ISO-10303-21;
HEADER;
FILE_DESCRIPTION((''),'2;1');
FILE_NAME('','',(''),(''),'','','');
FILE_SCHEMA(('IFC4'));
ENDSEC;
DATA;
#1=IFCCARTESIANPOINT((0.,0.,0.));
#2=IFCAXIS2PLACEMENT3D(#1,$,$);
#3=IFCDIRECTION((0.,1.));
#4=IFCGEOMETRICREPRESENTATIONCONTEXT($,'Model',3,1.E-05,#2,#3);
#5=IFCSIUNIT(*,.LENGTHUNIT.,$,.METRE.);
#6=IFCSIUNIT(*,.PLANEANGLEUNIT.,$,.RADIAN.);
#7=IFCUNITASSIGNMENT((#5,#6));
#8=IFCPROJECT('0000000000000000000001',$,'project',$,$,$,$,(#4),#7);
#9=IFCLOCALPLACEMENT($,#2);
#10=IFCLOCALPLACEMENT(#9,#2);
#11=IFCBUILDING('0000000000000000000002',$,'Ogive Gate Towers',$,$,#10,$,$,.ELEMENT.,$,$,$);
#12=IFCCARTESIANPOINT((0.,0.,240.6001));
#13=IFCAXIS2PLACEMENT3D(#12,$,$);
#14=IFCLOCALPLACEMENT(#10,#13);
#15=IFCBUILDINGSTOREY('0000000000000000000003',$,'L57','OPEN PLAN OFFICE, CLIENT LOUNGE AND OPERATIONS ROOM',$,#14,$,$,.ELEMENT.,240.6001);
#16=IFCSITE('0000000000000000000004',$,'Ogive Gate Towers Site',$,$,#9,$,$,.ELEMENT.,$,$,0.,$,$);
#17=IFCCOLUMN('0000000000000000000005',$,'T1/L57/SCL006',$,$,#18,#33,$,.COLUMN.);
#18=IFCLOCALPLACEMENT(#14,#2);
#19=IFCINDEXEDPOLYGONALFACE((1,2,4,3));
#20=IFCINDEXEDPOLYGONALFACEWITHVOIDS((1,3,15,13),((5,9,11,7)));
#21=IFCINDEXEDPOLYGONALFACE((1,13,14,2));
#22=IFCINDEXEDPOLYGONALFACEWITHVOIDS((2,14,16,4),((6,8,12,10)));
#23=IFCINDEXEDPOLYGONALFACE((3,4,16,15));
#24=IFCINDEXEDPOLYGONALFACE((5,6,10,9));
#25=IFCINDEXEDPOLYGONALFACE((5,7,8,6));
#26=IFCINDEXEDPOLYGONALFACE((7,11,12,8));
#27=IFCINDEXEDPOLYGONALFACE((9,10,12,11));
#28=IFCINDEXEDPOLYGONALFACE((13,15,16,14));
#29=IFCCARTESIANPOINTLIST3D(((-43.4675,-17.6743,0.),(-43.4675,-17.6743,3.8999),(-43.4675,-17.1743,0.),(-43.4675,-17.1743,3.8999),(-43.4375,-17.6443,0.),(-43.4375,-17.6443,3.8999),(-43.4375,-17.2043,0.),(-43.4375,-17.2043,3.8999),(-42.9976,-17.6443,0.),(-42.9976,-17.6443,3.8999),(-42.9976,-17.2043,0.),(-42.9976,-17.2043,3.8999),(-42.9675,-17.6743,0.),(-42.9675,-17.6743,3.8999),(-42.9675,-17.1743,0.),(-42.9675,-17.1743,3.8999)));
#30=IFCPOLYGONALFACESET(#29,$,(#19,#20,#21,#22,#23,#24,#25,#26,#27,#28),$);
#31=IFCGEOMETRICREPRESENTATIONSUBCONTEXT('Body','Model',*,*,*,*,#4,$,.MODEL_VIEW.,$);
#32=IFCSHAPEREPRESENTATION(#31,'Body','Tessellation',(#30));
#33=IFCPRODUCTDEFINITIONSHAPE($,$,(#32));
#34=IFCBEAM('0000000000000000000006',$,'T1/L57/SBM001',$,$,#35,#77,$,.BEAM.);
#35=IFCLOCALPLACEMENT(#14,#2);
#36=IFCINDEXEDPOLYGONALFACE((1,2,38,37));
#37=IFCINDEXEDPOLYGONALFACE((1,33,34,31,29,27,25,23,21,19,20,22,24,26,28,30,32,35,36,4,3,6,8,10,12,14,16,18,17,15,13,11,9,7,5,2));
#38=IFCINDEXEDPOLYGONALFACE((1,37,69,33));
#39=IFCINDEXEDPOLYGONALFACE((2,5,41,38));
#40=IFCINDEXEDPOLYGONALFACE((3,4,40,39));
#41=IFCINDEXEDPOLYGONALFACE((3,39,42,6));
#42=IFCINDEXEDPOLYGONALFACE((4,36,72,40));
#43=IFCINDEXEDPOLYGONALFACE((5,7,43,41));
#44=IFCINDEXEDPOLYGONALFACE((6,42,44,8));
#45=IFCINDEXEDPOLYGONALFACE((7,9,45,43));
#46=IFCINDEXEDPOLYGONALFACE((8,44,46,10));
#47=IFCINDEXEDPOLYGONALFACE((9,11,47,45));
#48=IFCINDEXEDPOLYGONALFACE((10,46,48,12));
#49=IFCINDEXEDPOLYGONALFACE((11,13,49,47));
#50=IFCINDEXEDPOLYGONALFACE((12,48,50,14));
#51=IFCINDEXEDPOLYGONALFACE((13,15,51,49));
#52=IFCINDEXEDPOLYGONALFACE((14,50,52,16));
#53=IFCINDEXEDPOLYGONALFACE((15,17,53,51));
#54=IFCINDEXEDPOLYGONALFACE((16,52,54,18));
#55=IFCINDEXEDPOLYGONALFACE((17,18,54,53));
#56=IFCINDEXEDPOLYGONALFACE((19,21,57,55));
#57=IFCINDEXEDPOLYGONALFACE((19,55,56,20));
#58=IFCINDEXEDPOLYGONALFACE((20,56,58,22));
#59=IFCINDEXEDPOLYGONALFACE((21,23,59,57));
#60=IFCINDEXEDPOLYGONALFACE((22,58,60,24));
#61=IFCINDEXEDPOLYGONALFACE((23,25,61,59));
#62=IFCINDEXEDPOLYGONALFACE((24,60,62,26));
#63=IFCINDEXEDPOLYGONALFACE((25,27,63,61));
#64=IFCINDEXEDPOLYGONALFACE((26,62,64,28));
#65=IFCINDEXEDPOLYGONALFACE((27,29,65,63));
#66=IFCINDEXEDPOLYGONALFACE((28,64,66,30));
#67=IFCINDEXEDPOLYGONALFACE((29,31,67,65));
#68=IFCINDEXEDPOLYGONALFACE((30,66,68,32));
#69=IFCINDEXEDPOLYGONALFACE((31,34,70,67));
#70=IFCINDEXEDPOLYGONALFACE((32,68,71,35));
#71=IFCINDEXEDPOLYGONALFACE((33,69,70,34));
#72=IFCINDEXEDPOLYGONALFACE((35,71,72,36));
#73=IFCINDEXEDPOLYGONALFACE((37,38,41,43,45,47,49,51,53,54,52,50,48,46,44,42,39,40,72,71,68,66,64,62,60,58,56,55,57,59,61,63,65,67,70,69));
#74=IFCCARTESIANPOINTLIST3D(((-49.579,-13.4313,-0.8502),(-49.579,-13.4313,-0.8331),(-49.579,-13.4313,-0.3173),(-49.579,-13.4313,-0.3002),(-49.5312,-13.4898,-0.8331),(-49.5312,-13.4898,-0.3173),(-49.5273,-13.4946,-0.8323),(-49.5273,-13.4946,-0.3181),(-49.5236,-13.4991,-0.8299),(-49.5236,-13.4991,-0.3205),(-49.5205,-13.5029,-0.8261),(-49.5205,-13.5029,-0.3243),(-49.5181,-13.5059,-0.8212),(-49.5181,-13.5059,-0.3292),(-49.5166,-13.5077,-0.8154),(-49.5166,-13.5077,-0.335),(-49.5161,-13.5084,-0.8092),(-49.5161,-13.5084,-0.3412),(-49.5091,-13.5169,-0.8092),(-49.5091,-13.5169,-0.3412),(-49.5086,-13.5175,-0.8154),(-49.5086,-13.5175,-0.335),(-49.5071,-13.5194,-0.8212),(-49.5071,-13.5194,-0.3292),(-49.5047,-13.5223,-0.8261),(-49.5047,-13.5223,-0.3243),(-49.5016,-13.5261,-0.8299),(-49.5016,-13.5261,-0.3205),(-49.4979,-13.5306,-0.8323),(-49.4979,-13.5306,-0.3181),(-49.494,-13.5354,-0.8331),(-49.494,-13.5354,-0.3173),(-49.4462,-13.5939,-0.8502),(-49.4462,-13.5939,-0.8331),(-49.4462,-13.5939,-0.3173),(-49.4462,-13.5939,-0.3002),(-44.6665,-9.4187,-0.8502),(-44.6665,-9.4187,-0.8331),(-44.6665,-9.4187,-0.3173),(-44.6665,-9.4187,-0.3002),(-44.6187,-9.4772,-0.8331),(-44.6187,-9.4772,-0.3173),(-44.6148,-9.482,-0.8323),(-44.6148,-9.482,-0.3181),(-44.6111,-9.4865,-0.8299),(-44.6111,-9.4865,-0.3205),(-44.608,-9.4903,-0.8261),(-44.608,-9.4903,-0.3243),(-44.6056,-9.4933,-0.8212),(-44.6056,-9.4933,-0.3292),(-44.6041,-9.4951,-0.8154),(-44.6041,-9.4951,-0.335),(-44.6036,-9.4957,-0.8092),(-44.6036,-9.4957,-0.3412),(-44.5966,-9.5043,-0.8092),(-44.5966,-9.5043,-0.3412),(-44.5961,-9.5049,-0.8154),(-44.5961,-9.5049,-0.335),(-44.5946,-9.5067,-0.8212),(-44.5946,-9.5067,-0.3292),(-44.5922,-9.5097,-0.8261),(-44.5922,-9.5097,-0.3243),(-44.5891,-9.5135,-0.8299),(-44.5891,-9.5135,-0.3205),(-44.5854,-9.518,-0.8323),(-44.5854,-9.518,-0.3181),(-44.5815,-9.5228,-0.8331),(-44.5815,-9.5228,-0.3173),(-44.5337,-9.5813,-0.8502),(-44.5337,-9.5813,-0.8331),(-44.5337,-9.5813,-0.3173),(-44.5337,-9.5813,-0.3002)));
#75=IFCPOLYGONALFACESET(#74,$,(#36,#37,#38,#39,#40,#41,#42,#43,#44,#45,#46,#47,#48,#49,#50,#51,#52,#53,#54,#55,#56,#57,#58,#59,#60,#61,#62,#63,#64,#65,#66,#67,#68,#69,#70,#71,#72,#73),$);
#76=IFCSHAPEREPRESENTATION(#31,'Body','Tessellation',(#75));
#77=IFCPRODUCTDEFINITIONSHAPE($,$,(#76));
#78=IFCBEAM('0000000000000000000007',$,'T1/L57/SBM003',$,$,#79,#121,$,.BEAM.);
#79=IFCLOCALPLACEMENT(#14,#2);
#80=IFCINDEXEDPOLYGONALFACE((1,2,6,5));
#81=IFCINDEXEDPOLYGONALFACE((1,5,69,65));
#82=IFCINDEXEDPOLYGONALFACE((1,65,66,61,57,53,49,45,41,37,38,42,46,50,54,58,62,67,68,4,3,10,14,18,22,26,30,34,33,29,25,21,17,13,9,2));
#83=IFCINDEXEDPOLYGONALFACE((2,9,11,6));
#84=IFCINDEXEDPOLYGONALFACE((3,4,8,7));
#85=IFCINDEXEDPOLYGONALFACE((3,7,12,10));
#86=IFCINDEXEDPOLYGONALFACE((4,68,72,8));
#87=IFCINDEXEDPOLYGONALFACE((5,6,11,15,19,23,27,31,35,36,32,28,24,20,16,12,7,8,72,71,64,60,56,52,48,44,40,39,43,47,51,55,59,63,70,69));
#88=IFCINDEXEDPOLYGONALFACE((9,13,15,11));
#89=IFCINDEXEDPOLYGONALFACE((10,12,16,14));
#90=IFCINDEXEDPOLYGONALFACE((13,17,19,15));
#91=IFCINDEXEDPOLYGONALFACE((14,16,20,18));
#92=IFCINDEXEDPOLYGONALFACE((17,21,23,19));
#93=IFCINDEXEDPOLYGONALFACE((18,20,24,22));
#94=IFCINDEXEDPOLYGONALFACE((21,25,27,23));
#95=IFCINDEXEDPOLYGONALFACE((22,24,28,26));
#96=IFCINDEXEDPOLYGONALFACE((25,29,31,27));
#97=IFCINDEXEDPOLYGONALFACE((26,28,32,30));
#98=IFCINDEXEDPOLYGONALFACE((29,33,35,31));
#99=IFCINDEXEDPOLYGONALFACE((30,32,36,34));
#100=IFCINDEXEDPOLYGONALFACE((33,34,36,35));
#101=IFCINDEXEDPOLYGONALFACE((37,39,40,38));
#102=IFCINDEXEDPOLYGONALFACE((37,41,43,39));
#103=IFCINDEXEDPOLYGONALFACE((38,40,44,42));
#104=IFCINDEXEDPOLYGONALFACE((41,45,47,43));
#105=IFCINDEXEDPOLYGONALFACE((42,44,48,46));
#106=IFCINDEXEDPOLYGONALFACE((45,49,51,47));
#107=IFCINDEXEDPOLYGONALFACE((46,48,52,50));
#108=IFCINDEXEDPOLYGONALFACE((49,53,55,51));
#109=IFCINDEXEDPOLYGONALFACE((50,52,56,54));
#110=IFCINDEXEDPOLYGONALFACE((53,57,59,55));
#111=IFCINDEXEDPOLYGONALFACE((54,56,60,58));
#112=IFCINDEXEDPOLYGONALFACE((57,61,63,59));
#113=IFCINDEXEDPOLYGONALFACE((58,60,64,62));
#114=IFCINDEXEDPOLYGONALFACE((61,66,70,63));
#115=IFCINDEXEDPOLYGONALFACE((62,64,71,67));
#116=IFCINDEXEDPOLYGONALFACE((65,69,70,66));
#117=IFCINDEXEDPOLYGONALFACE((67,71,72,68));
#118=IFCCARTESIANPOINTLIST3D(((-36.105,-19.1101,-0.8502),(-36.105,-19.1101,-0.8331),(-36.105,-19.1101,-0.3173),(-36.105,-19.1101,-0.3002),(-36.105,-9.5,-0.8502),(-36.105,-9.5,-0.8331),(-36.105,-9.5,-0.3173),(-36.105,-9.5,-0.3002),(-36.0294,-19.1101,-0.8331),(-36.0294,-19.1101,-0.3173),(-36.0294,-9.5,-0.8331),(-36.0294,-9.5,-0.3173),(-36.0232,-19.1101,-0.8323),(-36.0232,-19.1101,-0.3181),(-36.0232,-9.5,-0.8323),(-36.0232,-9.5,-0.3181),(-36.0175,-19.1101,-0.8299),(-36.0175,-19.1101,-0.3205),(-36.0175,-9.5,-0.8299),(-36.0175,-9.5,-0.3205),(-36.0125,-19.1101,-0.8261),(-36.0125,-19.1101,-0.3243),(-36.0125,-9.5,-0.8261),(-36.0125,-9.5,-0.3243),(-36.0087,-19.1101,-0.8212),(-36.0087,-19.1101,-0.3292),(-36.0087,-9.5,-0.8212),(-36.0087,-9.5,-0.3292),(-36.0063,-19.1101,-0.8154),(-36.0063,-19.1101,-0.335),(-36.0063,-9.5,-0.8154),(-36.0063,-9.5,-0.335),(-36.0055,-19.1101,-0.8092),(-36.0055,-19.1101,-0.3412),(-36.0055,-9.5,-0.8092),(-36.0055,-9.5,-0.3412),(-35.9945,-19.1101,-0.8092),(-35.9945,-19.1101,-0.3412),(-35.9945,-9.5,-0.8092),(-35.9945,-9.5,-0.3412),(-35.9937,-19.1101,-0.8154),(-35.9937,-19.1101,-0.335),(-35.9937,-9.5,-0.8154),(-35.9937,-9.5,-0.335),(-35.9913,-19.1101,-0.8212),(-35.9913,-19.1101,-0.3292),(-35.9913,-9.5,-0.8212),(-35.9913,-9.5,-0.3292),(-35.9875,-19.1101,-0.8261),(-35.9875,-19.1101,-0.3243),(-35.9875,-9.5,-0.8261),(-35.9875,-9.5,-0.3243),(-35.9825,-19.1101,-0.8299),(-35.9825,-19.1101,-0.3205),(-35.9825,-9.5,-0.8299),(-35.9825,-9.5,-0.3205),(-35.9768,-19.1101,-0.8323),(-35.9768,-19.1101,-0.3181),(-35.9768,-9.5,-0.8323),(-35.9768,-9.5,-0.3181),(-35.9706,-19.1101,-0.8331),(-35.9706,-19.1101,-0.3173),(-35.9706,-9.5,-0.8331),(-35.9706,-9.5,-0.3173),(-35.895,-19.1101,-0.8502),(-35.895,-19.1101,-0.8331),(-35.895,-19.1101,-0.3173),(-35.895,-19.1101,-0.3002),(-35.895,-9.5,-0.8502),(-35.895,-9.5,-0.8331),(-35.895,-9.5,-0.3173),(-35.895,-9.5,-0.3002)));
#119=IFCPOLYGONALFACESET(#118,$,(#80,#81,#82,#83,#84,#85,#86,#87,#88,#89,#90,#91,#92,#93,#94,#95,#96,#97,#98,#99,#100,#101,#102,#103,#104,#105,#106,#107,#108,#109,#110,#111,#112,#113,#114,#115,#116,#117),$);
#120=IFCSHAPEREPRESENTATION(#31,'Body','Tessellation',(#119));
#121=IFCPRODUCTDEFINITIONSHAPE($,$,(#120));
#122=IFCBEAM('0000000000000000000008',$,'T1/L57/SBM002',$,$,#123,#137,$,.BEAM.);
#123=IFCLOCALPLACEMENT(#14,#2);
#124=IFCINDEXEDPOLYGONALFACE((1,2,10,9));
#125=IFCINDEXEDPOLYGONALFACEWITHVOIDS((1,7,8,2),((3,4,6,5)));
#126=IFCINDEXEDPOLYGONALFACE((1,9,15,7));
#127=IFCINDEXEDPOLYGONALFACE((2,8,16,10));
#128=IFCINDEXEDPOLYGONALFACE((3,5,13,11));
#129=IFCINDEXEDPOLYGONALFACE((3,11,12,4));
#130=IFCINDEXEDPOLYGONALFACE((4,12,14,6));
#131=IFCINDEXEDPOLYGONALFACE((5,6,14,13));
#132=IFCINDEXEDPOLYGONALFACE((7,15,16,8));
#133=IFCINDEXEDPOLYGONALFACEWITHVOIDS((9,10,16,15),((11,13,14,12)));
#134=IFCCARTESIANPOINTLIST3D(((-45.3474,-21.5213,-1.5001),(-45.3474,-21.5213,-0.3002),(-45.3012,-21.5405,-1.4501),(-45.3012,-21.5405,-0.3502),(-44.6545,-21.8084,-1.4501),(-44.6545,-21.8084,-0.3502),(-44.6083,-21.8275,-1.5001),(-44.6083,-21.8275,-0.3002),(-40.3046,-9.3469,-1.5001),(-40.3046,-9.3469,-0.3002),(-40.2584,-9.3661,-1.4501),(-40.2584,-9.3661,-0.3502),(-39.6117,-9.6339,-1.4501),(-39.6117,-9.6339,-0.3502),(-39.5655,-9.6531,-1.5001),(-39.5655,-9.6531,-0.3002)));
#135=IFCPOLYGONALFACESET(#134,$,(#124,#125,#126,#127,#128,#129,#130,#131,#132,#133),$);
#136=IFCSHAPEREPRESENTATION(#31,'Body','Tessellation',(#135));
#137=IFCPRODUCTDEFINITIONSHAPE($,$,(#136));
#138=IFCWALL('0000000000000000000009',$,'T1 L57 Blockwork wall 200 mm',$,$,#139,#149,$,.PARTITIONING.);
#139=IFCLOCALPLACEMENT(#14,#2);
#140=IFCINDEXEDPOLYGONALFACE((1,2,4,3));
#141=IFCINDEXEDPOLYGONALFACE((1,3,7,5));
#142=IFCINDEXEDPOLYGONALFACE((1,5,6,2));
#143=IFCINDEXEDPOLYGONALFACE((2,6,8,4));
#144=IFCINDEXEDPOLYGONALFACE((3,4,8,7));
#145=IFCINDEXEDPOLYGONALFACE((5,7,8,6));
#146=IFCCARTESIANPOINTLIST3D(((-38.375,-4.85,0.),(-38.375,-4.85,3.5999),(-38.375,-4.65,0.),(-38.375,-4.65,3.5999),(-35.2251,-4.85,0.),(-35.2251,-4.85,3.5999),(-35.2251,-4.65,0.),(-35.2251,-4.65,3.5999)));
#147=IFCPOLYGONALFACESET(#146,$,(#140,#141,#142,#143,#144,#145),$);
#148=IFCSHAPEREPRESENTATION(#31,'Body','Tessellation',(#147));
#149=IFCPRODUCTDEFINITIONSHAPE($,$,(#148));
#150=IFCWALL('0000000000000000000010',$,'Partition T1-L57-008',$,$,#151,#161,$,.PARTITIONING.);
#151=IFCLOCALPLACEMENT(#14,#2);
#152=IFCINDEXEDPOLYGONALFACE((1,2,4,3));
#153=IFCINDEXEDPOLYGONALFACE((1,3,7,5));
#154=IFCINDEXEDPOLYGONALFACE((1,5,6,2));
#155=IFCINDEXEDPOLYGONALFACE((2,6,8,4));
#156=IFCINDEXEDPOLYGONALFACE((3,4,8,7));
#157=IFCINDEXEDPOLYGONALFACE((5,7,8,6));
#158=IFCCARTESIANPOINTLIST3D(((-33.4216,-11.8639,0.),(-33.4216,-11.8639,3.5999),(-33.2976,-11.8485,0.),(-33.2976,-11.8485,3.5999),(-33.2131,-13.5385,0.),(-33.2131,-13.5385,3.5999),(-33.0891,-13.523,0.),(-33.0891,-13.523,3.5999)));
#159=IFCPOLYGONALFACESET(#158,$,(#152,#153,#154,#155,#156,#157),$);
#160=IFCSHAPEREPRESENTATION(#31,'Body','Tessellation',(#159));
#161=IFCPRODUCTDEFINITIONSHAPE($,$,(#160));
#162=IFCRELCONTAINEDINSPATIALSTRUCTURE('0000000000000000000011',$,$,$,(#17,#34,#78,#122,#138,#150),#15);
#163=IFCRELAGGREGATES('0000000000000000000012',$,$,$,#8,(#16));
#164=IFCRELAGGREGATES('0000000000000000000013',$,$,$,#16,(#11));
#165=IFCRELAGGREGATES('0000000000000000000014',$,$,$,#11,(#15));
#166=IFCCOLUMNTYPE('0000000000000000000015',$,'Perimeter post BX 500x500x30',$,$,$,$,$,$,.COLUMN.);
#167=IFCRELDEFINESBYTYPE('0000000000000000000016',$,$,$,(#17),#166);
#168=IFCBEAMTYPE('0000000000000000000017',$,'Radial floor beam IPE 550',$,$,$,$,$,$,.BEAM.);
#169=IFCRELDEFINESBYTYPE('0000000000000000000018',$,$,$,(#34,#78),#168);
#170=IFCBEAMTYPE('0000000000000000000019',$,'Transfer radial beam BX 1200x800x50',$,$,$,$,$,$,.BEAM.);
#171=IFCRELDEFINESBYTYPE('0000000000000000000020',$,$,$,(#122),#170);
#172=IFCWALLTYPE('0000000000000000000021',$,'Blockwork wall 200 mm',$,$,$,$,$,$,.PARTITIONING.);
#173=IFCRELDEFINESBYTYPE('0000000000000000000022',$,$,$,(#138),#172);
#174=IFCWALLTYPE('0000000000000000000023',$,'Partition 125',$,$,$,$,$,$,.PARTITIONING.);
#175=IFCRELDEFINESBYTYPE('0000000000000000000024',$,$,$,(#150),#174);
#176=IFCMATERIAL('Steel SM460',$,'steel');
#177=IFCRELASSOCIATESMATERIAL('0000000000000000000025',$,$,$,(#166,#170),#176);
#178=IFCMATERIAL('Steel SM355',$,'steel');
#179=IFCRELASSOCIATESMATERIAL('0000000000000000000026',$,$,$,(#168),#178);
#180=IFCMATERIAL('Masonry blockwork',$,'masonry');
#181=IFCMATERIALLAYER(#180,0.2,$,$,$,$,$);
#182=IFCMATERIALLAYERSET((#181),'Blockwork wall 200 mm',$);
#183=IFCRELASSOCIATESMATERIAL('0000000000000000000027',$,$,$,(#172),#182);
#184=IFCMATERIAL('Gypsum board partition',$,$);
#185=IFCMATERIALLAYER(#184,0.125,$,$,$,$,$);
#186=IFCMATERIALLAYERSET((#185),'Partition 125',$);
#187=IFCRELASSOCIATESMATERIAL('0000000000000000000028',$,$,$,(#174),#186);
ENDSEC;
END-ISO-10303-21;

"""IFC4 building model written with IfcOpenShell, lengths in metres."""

from ifc_helpers import new_model, si_unit, direction, frame, frame_2d, origin, origin_2d, place, context, subcontext, project, spatial, rectangle, hollow_rectangle, i_section, extrude, material, layer, layer_set, material_profile, profile_set, type_object, element, save


model = new_model("IFC4")

# Units and contexts
model_context = context("Model", 3, precision=1e-05, world=origin(), true_north=direction((0.0, 1.0)))
body_context = subcontext(model_context, "Body", "Model", "MODEL_VIEW")
ifc_project = project(units=[si_unit("LENGTHUNIT", "METRE"), si_unit("PLANEANGLEUNIT", "RADIAN")], contexts=[model_context])

# Site, building, storey
site_placement = place(None, origin())
site = spatial("IfcSite", under=ifc_project, at=site_placement, Name="Ogive Gate Towers Site", CompositionType="ELEMENT", RefElevation=0.0)
building_placement = place(site_placement, origin())
building = spatial("IfcBuilding", under=site, at=building_placement, Name="Ogive Gate Towers", CompositionType="ELEMENT")
storey_placement = place(building_placement, frame((0.0, 0.0, 240.6001)))
storey = spatial("IfcBuildingStorey", under=building, at=storey_placement, Name="L57", Description="OPEN PLAN OFFICE, CLIENT LOUNGE AND OPERATIONS ROOM", CompositionType="ELEMENT", Elevation=240.6001)

# Column
ifc_material_1 = material(Name="Steel SM460", Category="steel")
ifc_material_profile_1 = material_profile(ifc_material_1, hollow_rectangle(XDim=0.5, YDim=0.5, WallThickness=0.03, at=origin_2d()), Name="BX 500x500x30")
ifc_profile_set_1 = profile_set([ifc_material_profile_1], Name="Steel SM460")
column_type = type_object("IfcColumnType", Name="Perimeter post BX 500x500x30", PredefinedType="COLUMN", material=ifc_profile_set_1)
column_placement = place(storey_placement, frame((-43.2175, -17.4243, 0.0), z_axis=(0.0, 0.0, 1.0), x_axis=(1.0, 0.0, 0.0)))
element("IfcColumn", 1, at=column_placement, inside=storey, type_object=column_type, Name="T1/L57/SCL006", PredefinedType="COLUMN", context=body_context, shape_type="SweptSolid", body=[
    extrude(hollow_rectangle(XDim=0.5, YDim=0.5, WallThickness=0.03, at=origin_2d()), origin(), (0.0, 0.0, 1.0), 3.8999),
])

# Beams
ifc_material_2 = material(Name="Steel SM355", Category="steel")
ifc_material_profile_2 = material_profile(ifc_material_2, i_section(OverallWidth=0.21, OverallDepth=0.55, WebThickness=0.011, FlangeThickness=0.0171, FilletRadius=0.0239, at=origin_2d()), Name="IPE 550")
ifc_profile_set_2 = profile_set([ifc_material_profile_2], Name="Steel SM355")
beam_type_1 = type_object("IfcBeamType", Name="Radial floor beam IPE 550", PredefinedType="BEAM", material=ifc_profile_set_2)
beam_1_placement = place(storey_placement, frame((-44.6001, -9.5, -0.5752), z_axis=(-0.774475, -0.632605, 0.0), x_axis=(0.632605, -0.774475, 0.0)))
element("IfcBeam", 2, at=beam_1_placement, inside=storey, type_object=beam_type_1, Name="T1/L57/SBM001", PredefinedType="BEAM", context=body_context, shape_type="SweptSolid", body=[
    extrude(i_section(OverallWidth=0.21, OverallDepth=0.55, WebThickness=0.011, FlangeThickness=0.0171, FilletRadius=0.0239, at=origin_2d()), origin(), (0.0, 0.0, 1.0), 6.343),
])
beam_2_placement = place(storey_placement, frame((-36.0, -9.5, -0.5752), z_axis=(0.0, -1.0, 0.0), x_axis=(1.0, 0.0, 0.0)))
element("IfcBeam", 3, at=beam_2_placement, inside=storey, type_object=beam_type_1, Name="T1/L57/SBM003", PredefinedType="BEAM", context=body_context, shape_type="SweptSolid", body=[
    extrude(i_section(OverallWidth=0.21, OverallDepth=0.55, WebThickness=0.011, FlangeThickness=0.0171, FilletRadius=0.0239, at=origin_2d()), origin(), (0.0, 0.0, 1.0), 9.6101),
])
ifc_material_profile_3 = material_profile(ifc_material_1, hollow_rectangle(XDim=0.8, YDim=1.2, WallThickness=0.05, at=origin_2d()), Name="BX 1200x800x50")
ifc_profile_set_3 = profile_set([ifc_material_profile_3], Name="Steel SM460")
beam_type_2 = type_object("IfcBeamType", Name="Transfer radial beam BX 1200x800x50", PredefinedType="BEAM", material=ifc_profile_set_3)
beam_3_placement = place(storey_placement, frame((-39.9351, -9.5, -0.9001), z_axis=(-0.382681, -0.923881, 0.0), x_axis=(0.923881, -0.382681, 0.0)))
element("IfcBeam", 4, at=beam_3_placement, inside=storey, type_object=beam_type_2, Name="T1/L57/SBM002", PredefinedType="BEAM", context=body_context, shape_type="SweptSolid", body=[
    extrude(hollow_rectangle(XDim=0.8, YDim=1.2, WallThickness=0.05, at=origin_2d()), origin(), (0.0, 0.0, 1.0), 13.1775),
])

# Walls
ifc_material_3 = material(Name="Masonry blockwork", Category="masonry")
ifc_layer_1 = layer(ifc_material_3, 0.2)
ifc_layer_set_1 = layer_set([ifc_layer_1], Name="Blockwork wall 200 mm")
wall_type_1 = type_object("IfcWallType", Name="Blockwork wall 200 mm", PredefinedType="PARTITIONING", material=ifc_layer_set_1)
wall_1_placement = place(storey_placement, frame((-38.375, -4.75, 0.0), z_axis=(0.0, 0.0, 1.0), x_axis=(1.0, 0.0, 0.0)))
element("IfcWall", 5, at=wall_1_placement, inside=storey, type_object=wall_type_1, Name="T1 L57 Blockwork wall 200 mm", PredefinedType="PARTITIONING", context=body_context, shape_type="SweptSolid", body=[
    extrude(rectangle(XDim=3.1499, YDim=0.2, at=frame_2d((1.575, 0.0))), origin(), (0.0, 0.0, 1.0), 3.5999),
])
ifc_material_4 = material(Name="Gypsum board partition")
ifc_layer_2 = layer(ifc_material_4, 0.125)
ifc_layer_set_2 = layer_set([ifc_layer_2], Name="Partition 125")
wall_type_2 = type_object("IfcWallType", Name="Partition 125", PredefinedType="PARTITIONING", material=ifc_layer_set_2)
wall_2_placement = place(storey_placement, frame((-33.1511, -13.5308, 0.0), z_axis=(0.0, 0.0, 1.0), x_axis=(-0.123554, 0.992338, 0.0)))
element("IfcWall", 6, at=wall_2_placement, inside=storey, type_object=wall_type_2, Name="Partition T1-L57-008", PredefinedType="PARTITIONING", context=body_context, shape_type="SweptSolid", body=[
    extrude(rectangle(XDim=1.6875, YDim=0.125, at=frame_2d((0.8438, 0.0))), origin(), (0.0, 0.0, 1.0), 3.5999),
])

save(model, "model.ifc")
